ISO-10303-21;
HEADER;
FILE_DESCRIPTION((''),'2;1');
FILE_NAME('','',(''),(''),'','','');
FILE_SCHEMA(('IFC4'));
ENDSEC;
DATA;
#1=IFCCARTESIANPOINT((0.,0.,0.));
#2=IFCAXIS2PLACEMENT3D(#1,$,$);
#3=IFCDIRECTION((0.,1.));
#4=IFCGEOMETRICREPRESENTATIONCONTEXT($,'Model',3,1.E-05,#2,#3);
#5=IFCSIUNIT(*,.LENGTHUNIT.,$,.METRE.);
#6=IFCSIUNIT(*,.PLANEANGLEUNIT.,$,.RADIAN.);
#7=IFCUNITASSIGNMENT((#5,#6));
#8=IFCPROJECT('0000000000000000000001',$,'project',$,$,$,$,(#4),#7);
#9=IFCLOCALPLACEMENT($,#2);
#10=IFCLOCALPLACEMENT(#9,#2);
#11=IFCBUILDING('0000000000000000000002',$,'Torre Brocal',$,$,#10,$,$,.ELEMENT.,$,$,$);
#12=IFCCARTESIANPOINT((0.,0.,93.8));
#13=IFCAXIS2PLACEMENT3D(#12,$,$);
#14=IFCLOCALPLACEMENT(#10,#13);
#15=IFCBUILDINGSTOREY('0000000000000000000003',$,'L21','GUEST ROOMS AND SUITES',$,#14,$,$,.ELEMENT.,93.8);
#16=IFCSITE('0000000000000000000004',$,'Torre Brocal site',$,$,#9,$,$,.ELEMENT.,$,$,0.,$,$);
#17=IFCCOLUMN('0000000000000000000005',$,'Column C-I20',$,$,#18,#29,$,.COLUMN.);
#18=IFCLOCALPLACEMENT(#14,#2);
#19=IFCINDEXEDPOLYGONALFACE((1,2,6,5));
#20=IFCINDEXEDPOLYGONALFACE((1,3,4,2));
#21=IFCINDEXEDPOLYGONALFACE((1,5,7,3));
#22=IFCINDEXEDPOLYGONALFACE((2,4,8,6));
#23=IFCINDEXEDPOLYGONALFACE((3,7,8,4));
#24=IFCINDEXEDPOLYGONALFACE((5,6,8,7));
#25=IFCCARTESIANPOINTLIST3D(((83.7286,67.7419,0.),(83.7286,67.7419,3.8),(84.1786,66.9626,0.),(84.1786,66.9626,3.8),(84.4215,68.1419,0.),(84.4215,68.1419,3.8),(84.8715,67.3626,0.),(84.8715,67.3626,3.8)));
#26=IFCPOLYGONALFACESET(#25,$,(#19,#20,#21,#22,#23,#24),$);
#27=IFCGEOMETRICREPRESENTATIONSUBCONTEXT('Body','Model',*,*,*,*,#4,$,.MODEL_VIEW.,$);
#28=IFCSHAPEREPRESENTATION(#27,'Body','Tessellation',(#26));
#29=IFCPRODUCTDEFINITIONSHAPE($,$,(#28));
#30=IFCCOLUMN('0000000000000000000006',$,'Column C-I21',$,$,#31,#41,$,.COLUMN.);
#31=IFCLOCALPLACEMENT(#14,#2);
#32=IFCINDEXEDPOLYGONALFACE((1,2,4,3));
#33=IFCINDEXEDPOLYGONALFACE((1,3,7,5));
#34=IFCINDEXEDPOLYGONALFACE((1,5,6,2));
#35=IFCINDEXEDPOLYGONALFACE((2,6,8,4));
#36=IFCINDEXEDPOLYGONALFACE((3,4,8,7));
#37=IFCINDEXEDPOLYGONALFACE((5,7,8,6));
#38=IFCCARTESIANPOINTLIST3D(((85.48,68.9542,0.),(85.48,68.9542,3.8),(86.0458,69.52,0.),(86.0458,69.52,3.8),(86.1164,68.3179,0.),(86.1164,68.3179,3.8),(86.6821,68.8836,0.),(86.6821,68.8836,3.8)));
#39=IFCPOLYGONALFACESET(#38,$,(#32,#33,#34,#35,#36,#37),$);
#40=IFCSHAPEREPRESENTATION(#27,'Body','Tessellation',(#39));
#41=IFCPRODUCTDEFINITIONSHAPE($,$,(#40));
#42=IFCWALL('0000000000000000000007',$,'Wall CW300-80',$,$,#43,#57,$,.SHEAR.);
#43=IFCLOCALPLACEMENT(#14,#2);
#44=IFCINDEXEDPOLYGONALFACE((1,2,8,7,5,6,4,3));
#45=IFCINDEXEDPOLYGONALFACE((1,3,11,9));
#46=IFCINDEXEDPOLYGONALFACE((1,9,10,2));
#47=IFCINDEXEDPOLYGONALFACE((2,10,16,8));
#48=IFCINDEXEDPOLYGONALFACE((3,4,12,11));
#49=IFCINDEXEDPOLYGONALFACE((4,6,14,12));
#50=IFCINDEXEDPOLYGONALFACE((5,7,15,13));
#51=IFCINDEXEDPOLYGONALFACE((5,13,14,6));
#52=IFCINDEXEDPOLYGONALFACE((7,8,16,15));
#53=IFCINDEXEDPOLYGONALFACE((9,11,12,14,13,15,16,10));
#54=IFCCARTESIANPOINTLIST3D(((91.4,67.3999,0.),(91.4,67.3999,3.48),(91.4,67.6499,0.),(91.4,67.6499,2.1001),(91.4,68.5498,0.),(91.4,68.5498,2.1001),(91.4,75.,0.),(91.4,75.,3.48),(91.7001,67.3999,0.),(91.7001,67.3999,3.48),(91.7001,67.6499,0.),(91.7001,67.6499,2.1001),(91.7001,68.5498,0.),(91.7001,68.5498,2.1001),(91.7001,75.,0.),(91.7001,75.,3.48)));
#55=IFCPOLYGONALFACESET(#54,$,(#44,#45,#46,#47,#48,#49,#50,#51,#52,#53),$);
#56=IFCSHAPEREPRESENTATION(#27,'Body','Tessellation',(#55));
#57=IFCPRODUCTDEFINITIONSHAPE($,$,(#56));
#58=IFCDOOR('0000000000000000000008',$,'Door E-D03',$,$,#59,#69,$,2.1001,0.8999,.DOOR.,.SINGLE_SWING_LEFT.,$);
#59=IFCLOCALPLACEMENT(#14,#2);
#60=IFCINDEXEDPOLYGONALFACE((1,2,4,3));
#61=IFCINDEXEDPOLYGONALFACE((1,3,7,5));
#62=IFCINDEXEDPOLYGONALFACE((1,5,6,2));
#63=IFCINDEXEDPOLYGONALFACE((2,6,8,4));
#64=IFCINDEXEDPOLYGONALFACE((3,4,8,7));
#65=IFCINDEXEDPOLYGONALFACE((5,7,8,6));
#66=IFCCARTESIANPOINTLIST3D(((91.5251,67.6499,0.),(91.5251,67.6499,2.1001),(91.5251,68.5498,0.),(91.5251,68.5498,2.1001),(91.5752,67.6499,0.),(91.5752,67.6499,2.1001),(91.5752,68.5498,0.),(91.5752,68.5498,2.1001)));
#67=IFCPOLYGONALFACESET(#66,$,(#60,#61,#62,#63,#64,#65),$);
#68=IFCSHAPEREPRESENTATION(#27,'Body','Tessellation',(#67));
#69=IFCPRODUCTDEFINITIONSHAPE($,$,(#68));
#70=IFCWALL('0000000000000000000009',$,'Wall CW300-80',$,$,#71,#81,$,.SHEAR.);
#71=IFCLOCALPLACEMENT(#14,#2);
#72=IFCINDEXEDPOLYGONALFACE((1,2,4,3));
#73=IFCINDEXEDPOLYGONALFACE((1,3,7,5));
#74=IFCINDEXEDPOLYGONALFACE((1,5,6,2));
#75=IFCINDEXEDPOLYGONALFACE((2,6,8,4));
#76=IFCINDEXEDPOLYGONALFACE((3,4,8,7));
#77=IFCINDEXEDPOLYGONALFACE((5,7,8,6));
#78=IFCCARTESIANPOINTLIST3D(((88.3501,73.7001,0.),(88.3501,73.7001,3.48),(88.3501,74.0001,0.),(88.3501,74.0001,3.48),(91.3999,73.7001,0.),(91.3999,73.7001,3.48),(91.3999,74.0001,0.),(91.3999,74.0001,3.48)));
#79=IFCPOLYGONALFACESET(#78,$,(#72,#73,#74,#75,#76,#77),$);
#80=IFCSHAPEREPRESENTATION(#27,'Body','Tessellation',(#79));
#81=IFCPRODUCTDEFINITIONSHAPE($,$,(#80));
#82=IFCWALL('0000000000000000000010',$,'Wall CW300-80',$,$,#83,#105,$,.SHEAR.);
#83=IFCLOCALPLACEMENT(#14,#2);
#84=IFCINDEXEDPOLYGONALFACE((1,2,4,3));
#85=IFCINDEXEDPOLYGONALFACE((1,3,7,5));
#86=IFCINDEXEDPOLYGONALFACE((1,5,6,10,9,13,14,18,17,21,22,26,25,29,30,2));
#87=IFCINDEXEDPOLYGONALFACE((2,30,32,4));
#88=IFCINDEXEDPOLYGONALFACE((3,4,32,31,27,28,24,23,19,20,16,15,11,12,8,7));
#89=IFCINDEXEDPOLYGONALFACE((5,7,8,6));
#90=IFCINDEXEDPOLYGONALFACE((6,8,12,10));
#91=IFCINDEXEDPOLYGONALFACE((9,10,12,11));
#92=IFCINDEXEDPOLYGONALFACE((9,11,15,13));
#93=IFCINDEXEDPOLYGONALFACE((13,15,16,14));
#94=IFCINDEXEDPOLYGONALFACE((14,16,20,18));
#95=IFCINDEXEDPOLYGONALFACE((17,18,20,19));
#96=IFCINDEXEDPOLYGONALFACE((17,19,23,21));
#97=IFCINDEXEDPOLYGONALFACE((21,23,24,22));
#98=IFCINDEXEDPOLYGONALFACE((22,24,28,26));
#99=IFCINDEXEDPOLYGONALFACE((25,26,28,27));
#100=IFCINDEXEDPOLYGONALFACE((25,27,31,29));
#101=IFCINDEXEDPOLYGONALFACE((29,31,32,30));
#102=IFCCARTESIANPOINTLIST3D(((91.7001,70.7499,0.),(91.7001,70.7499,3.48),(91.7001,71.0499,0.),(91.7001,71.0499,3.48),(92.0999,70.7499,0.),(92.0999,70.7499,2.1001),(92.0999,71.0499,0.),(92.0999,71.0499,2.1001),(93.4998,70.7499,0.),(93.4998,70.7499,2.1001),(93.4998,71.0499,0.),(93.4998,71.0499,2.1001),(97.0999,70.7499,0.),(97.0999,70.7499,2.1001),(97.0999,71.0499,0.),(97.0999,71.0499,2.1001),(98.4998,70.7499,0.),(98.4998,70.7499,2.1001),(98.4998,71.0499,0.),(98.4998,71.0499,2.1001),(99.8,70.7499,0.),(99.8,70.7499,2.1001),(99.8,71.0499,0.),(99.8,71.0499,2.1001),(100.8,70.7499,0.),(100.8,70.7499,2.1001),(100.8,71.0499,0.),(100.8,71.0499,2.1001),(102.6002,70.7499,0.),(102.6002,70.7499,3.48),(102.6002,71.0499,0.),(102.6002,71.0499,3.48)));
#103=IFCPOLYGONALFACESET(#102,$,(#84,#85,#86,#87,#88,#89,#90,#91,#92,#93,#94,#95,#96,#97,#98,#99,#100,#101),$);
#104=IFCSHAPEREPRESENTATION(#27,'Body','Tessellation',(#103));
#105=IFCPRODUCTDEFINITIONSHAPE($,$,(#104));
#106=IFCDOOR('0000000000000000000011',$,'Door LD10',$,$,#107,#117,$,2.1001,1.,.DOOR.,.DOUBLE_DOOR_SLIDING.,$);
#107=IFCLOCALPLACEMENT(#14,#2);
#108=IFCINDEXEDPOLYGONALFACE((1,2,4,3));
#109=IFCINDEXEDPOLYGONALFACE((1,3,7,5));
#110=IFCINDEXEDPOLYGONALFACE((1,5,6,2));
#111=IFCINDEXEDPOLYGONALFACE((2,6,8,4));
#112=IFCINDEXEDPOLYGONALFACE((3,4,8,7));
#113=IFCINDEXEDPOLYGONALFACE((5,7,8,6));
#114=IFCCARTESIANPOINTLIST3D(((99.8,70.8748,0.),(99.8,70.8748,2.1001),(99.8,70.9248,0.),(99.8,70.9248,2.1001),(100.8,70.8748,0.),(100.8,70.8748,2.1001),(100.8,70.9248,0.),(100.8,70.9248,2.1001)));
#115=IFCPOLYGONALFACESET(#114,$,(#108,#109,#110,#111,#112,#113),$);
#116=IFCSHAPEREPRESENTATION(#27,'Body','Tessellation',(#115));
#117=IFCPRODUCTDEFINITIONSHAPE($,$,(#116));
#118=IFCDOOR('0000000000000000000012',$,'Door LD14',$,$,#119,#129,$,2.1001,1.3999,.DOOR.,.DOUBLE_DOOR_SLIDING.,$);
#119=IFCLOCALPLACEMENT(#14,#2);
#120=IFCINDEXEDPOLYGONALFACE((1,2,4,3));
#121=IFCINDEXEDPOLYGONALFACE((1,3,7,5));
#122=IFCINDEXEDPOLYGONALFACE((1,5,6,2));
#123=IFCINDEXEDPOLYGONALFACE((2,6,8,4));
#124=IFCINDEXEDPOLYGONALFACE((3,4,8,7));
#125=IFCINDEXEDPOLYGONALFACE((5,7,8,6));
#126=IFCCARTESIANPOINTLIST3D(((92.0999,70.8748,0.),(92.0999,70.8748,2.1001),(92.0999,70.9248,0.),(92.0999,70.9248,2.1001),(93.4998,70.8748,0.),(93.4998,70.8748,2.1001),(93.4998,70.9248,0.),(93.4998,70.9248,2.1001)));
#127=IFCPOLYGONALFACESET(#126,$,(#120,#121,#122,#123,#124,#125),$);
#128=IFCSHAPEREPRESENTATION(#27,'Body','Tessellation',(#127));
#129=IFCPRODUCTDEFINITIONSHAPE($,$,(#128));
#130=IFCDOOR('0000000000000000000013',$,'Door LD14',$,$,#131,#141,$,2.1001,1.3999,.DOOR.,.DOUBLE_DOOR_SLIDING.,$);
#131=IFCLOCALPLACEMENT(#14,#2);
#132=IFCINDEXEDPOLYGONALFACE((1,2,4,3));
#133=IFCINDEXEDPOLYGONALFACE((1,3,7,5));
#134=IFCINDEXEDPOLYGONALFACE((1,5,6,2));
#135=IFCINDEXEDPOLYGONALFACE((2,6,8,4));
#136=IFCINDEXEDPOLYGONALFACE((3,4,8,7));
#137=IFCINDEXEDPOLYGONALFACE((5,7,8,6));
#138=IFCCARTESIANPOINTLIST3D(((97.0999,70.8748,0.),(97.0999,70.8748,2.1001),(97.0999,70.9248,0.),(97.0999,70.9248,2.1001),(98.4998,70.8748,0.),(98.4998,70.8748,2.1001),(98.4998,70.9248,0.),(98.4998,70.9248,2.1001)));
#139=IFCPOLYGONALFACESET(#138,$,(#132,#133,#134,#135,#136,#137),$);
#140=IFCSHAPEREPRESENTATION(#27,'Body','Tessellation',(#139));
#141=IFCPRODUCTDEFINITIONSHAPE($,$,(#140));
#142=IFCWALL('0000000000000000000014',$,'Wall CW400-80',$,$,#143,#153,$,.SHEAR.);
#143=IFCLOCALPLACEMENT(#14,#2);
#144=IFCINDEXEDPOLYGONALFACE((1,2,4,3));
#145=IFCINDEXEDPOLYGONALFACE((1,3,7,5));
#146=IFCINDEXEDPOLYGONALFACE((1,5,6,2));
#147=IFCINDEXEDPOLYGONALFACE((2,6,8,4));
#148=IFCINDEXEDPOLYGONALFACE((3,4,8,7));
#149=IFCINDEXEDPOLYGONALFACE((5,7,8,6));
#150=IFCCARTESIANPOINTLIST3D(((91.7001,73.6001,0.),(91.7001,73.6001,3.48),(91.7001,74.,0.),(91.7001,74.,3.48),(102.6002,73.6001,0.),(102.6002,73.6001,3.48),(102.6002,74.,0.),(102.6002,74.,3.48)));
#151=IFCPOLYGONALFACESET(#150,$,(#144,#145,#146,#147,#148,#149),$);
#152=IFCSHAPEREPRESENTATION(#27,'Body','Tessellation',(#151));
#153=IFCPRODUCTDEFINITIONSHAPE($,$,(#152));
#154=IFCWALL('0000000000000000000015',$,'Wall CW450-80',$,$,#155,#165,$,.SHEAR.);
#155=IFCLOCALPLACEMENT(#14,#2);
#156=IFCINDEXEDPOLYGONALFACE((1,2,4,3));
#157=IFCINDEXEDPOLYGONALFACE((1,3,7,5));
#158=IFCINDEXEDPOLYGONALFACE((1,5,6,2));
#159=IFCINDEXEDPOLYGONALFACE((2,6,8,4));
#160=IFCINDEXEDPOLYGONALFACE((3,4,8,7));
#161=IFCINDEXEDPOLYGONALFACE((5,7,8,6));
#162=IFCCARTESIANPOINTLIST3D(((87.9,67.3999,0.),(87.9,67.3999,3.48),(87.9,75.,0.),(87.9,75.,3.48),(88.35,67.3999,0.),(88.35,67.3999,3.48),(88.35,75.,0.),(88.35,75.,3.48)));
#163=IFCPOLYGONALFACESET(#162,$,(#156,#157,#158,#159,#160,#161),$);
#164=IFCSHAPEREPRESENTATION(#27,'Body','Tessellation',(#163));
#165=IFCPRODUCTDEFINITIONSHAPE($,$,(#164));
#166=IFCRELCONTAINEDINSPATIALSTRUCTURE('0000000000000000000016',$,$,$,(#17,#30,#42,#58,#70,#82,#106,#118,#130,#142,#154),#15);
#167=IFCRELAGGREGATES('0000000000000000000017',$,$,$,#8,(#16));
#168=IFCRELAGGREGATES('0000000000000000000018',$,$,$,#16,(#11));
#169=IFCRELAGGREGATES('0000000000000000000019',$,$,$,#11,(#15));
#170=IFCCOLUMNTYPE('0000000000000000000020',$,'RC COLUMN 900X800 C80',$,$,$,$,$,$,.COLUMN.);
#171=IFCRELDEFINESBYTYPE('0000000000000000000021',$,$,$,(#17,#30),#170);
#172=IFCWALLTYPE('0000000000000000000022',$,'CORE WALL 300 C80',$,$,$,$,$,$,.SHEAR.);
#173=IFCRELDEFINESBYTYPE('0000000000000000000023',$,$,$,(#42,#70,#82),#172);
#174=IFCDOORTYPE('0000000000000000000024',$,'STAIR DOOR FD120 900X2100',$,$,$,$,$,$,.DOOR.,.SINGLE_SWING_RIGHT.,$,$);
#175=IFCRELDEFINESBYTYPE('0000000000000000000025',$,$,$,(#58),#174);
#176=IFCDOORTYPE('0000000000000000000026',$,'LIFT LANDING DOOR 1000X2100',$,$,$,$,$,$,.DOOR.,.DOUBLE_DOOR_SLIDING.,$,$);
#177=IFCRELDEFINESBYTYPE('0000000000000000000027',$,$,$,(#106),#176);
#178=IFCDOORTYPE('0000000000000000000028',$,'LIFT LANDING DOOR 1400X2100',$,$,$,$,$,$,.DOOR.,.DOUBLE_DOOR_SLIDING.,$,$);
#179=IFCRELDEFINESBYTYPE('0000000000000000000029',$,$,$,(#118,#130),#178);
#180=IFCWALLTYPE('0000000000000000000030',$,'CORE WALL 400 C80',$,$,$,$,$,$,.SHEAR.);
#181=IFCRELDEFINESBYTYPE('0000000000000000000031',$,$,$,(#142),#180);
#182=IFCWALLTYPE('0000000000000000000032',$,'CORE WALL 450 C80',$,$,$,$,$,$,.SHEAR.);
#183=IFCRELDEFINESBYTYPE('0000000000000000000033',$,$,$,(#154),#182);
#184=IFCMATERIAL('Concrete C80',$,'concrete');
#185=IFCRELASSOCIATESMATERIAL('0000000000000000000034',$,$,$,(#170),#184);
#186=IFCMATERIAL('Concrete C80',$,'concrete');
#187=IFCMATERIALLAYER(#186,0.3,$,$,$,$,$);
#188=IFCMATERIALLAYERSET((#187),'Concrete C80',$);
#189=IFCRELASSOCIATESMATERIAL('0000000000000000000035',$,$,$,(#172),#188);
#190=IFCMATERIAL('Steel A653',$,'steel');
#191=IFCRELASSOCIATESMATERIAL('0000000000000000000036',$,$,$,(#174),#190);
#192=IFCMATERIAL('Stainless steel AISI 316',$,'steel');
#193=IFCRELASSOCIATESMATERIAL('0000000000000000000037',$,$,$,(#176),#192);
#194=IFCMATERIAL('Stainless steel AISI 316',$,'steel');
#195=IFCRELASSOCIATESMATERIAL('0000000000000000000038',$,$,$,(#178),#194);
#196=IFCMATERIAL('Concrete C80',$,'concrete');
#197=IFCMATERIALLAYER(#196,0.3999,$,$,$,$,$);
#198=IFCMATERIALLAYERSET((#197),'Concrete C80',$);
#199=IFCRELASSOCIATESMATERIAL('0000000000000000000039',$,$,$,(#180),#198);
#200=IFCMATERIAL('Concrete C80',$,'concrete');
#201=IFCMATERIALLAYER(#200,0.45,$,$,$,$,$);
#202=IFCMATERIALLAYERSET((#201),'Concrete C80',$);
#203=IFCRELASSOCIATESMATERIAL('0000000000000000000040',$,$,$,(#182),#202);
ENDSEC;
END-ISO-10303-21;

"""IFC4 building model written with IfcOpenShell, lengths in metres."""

from ifc_helpers import new_model, si_unit, direction, frame, frame_2d, origin, origin_2d, place, context, subcontext, project, spatial, rectangle, extrude, material, layer, layer_set, material_profile, profile_set, type_object, element, fill, save


model = new_model("IFC4")

# Units and contexts
model_context = context("Model", 3, precision=1e-05, world=origin(), true_north=direction((0.0, 1.0)))
body_context = subcontext(model_context, "Body", "Model", "MODEL_VIEW")
ifc_project = project(units=[si_unit("LENGTHUNIT", "METRE"), si_unit("PLANEANGLEUNIT", "RADIAN")], contexts=[model_context])

# Site, building, storey
site_placement = place(None, origin())
site = spatial("IfcSite", under=ifc_project, at=site_placement, Name="Torre Brocal site", CompositionType="ELEMENT", RefElevation=0.0)
building_placement = place(site_placement, origin())
building = spatial("IfcBuilding", under=site, at=building_placement, Name="Torre Brocal", CompositionType="ELEMENT")
storey_placement = place(building_placement, frame((0.0, 0.0, 93.8)))
storey = spatial("IfcBuildingStorey", under=building, at=storey_placement, Name="L21", Description="GUEST ROOMS AND SUITES", CompositionType="ELEMENT", Elevation=93.8)

# Columns
ifc_material_1 = material(Name="Concrete C80", Category="concrete")
ifc_material_profile = material_profile(ifc_material_1, rectangle(XDim=0.8999, YDim=0.8, at=origin_2d()), Name="RC 900X800")
ifc_profile_set = profile_set([ifc_material_profile], Name="Concrete C80")
column_type = type_object("IfcColumnType", Name="RC COLUMN 900X800 C80", PredefinedType="COLUMN", material=ifc_profile_set)
for number, where, z_axis, x_axis, name in (
    (1, (84.3, 67.5522, 0.0), (0.0, 0.0, 1.0), (0.5, -0.866025, 0.0), "Column C-I20"),
    (2, (86.0811, 68.9189, 0.0), (0.0, 0.0, 1.0), (0.707107, -0.707107, 0.0), "Column C-I21"),
):
    element("IfcColumn", number, at=place(storey_placement, frame(where, z_axis=z_axis, x_axis=x_axis)), inside=storey, type_object=column_type, Name=name, PredefinedType="COLUMN", context=body_context, shape_type="SweptSolid", body=[
        extrude(rectangle(XDim=0.8999, YDim=0.8, at=origin_2d()), origin(), (0.0, 0.0, 1.0), 3.8),
    ])

# Wall, opening, door
ifc_material_2 = material(Name="Concrete C80", Category="concrete")
ifc_layer_1 = layer(ifc_material_2, 0.3)
ifc_layer_set_1 = layer_set([ifc_layer_1], Name="Concrete C80")
wall_type_1 = type_object("IfcWallType", Name="CORE WALL 300 C80", PredefinedType="SHEAR", material=ifc_layer_set_1)
wall_1_placement = place(storey_placement, frame((91.55, 67.3999, 0.0), z_axis=(0.0, 0.0, 1.0), x_axis=(0.0, 1.0, 0.0)))
wall_1 = element("IfcWall", 3, at=wall_1_placement, inside=storey, type_object=wall_type_1, Name="Wall CW300-80", PredefinedType="SHEAR", context=body_context, shape_type="SweptSolid", body=[
    extrude(rectangle(XDim=7.6001, YDim=0.3, at=frame_2d((3.8, 0.0))), origin(), (0.0, 0.0, 1.0), 3.48),
])
opening_1_placement = place(wall_1_placement, frame((0.25, 0.0, 0.0)))
opening_1 = element("IfcOpeningElement", 4, at=opening_1_placement, cuts=wall_1, PredefinedType="OPENING", context=body_context, shape_type="SweptSolid", body=[
    extrude(rectangle(XDim=0.8999, YDim=2.1001, at=frame_2d((0.45, 1.05))), frame((0.0, 0.1599, 0.0), z_axis=(0.0, -1.0, 0.0), x_axis=(1.0, 0.0, 0.0)), (0.0, 0.0, 1.0), 0.3201),
])
ifc_material_3 = material(Name="Steel A653", Category="steel")
door_type_1 = type_object("IfcDoorType", Name="STAIR DOOR FD120 900X2100", OperationType="SINGLE_SWING_RIGHT", PredefinedType="DOOR", material=ifc_material_3)
door_1_placement = place(opening_1_placement, origin())
door_1 = element("IfcDoor", 5, at=door_1_placement, inside=storey, type_object=door_type_1, Name="Door E-D03", OperationType="SINGLE_SWING_LEFT", OverallHeight=2.1001, OverallWidth=0.8999, PredefinedType="DOOR", context=body_context, shape_type="SweptSolid", body=[
    extrude(rectangle(XDim=0.8999, YDim=2.1001, at=frame_2d((0.45, 1.05))), frame((0.0, 0.0249, 0.0), z_axis=(0.0, -1.0, 0.0), x_axis=(1.0, 0.0, 0.0)), (0.0, 0.0, 1.0), 0.05),
])
fill(opening_1, door_1)

# Wall
wall_2_placement = place(storey_placement, frame((88.3501, 73.8501, 0.0), z_axis=(0.0, 0.0, 1.0), x_axis=(1.0, 0.0, 0.0)))
element("IfcWall", 6, at=wall_2_placement, inside=storey, type_object=wall_type_1, Name="Wall CW300-80", PredefinedType="SHEAR", context=body_context, shape_type="SweptSolid", body=[
    extrude(rectangle(XDim=3.0498, YDim=0.3, at=frame_2d((1.5249, 0.0))), origin(), (0.0, 0.0, 1.0), 3.48),
])

# Wall, openings, doors
wall_3_placement = place(storey_placement, frame((91.7, 70.8999, 0.0), z_axis=(0.0, 0.0, 1.0), x_axis=(1.0, 0.0, 0.0)))
wall_3 = element("IfcWall", 7, at=wall_3_placement, inside=storey, type_object=wall_type_1, Name="Wall CW300-80", PredefinedType="SHEAR", context=body_context, shape_type="SweptSolid", body=[
    extrude(rectangle(XDim=10.9001, YDim=0.3, at=frame_2d((5.4502, 0.0))), origin(), (0.0, 0.0, 1.0), 3.48),
])
opening_2_placement = place(wall_3_placement, frame((0.3999, 0.0, 0.0)))
opening_2 = element("IfcOpeningElement", 8, at=opening_2_placement, cuts=wall_3, PredefinedType="OPENING", context=body_context, shape_type="SweptSolid", body=[
    extrude(rectangle(XDim=1.3999, YDim=2.1001, at=frame_2d((0.7, 1.05))), frame((0.0, 0.1599, 0.0), z_axis=(0.0, -1.0, 0.0), x_axis=(1.0, 0.0, 0.0)), (0.0, 0.0, 1.0), 0.3201),
])
opening_3_placement = place(wall_3_placement, frame((5.3999, 0.0, 0.0)))
opening_3 = element("IfcOpeningElement", 9, at=opening_3_placement, cuts=wall_3, PredefinedType="OPENING", context=body_context, shape_type="SweptSolid", body=[
    extrude(rectangle(XDim=1.3999, YDim=2.1001, at=frame_2d((0.7, 1.05))), frame((0.0, 0.1599, 0.0), z_axis=(0.0, -1.0, 0.0), x_axis=(1.0, 0.0, 0.0)), (0.0, 0.0, 1.0), 0.3201),
])
opening_4_placement = place(wall_3_placement, frame((8.1001, 0.0, 0.0)))
opening_4 = element("IfcOpeningElement", 10, at=opening_4_placement, cuts=wall_3, PredefinedType="OPENING", context=body_context, shape_type="SweptSolid", body=[
    extrude(rectangle(XDim=1.0, YDim=2.1001, at=frame_2d((0.5, 1.05))), frame((0.0, 0.1599, 0.0), z_axis=(0.0, -1.0, 0.0), x_axis=(1.0, 0.0, 0.0)), (0.0, 0.0, 1.0), 0.3201),
])
ifc_material_4 = material(Name="Stainless steel AISI 316", Category="steel")
door_type_2 = type_object("IfcDoorType", Name="LIFT LANDING DOOR 1000X2100", OperationType="DOUBLE_DOOR_SLIDING", PredefinedType="DOOR", material=ifc_material_4)
door_2_placement = place(opening_4_placement, origin())
door_2 = element("IfcDoor", 11, at=door_2_placement, inside=storey, type_object=door_type_2, Name="Door LD10", OperationType="DOUBLE_DOOR_SLIDING", OverallHeight=2.1001, OverallWidth=1.0, PredefinedType="DOOR", context=body_context, shape_type="SweptSolid", body=[
    extrude(rectangle(XDim=1.0, YDim=2.1001, at=frame_2d((0.5, 1.05))), frame((0.0, 0.0249, 0.0), z_axis=(0.0, -1.0, 0.0), x_axis=(1.0, 0.0, 0.0)), (0.0, 0.0, 1.0), 0.05),
])
fill(opening_4, door_2)
ifc_material_5 = material(Name="Stainless steel AISI 316", Category="steel")
door_type_3 = type_object("IfcDoorType", Name="LIFT LANDING DOOR 1400X2100", OperationType="DOUBLE_DOOR_SLIDING", PredefinedType="DOOR", material=ifc_material_5)
door_3_placement = place(opening_2_placement, origin())
door_3 = element("IfcDoor", 12, at=door_3_placement, inside=storey, type_object=door_type_3, Name="Door LD14", OperationType="DOUBLE_DOOR_SLIDING", OverallHeight=2.1001, OverallWidth=1.3999, PredefinedType="DOOR", context=body_context, shape_type="SweptSolid", body=[
    extrude(rectangle(XDim=1.3999, YDim=2.1001, at=frame_2d((0.7, 1.05))), frame((0.0, 0.0249, 0.0), z_axis=(0.0, -1.0, 0.0), x_axis=(1.0, 0.0, 0.0)), (0.0, 0.0, 1.0), 0.05),
])
fill(opening_2, door_3)
door_4_placement = place(opening_3_placement, origin())
door_4 = element("IfcDoor", 13, at=door_4_placement, inside=storey, type_object=door_type_3, Name="Door LD14", OperationType="DOUBLE_DOOR_SLIDING", OverallHeight=2.1001, OverallWidth=1.3999, PredefinedType="DOOR", context=body_context, shape_type="SweptSolid", body=[
    extrude(rectangle(XDim=1.3999, YDim=2.1001, at=frame_2d((0.7, 1.05))), frame((0.0, 0.0249, 0.0), z_axis=(0.0, -1.0, 0.0), x_axis=(1.0, 0.0, 0.0)), (0.0, 0.0, 1.0), 0.05),
])
fill(opening_3, door_4)

# Walls
ifc_material_6 = material(Name="Concrete C80", Category="concrete")
ifc_layer_2 = layer(ifc_material_6, 0.3999)
ifc_layer_set_2 = layer_set([ifc_layer_2], Name="Concrete C80")
wall_type_2 = type_object("IfcWallType", Name="CORE WALL 400 C80", PredefinedType="SHEAR", material=ifc_layer_set_2)
wall_4_placement = place(storey_placement, frame((91.7, 73.8, 0.0), z_axis=(0.0, 0.0, 1.0), x_axis=(1.0, 0.0, 0.0)))
element("IfcWall", 14, at=wall_4_placement, inside=storey, type_object=wall_type_2, Name="Wall CW400-80", PredefinedType="SHEAR", context=body_context, shape_type="SweptSolid", body=[
    extrude(rectangle(XDim=10.9001, YDim=0.3999, at=frame_2d((5.4502, 0.0))), origin(), (0.0, 0.0, 1.0), 3.48),
])
ifc_material_7 = material(Name="Concrete C80", Category="concrete")
ifc_layer_3 = layer(ifc_material_7, 0.45)
ifc_layer_set_3 = layer_set([ifc_layer_3], Name="Concrete C80")
wall_type_3 = type_object("IfcWallType", Name="CORE WALL 450 C80", PredefinedType="SHEAR", material=ifc_layer_set_3)
wall_5_placement = place(storey_placement, frame((88.125, 67.3999, 0.0), z_axis=(0.0, 0.0, 1.0), x_axis=(0.0, 1.0, 0.0)))
element("IfcWall", 15, at=wall_5_placement, inside=storey, type_object=wall_type_3, Name="Wall CW450-80", PredefinedType="SHEAR", context=body_context, shape_type="SweptSolid", body=[
    extrude(rectangle(XDim=7.6001, YDim=0.45, at=frame_2d((3.8, 0.0))), origin(), (0.0, 0.0, 1.0), 3.48),
])

save(model, "model.ifc")
